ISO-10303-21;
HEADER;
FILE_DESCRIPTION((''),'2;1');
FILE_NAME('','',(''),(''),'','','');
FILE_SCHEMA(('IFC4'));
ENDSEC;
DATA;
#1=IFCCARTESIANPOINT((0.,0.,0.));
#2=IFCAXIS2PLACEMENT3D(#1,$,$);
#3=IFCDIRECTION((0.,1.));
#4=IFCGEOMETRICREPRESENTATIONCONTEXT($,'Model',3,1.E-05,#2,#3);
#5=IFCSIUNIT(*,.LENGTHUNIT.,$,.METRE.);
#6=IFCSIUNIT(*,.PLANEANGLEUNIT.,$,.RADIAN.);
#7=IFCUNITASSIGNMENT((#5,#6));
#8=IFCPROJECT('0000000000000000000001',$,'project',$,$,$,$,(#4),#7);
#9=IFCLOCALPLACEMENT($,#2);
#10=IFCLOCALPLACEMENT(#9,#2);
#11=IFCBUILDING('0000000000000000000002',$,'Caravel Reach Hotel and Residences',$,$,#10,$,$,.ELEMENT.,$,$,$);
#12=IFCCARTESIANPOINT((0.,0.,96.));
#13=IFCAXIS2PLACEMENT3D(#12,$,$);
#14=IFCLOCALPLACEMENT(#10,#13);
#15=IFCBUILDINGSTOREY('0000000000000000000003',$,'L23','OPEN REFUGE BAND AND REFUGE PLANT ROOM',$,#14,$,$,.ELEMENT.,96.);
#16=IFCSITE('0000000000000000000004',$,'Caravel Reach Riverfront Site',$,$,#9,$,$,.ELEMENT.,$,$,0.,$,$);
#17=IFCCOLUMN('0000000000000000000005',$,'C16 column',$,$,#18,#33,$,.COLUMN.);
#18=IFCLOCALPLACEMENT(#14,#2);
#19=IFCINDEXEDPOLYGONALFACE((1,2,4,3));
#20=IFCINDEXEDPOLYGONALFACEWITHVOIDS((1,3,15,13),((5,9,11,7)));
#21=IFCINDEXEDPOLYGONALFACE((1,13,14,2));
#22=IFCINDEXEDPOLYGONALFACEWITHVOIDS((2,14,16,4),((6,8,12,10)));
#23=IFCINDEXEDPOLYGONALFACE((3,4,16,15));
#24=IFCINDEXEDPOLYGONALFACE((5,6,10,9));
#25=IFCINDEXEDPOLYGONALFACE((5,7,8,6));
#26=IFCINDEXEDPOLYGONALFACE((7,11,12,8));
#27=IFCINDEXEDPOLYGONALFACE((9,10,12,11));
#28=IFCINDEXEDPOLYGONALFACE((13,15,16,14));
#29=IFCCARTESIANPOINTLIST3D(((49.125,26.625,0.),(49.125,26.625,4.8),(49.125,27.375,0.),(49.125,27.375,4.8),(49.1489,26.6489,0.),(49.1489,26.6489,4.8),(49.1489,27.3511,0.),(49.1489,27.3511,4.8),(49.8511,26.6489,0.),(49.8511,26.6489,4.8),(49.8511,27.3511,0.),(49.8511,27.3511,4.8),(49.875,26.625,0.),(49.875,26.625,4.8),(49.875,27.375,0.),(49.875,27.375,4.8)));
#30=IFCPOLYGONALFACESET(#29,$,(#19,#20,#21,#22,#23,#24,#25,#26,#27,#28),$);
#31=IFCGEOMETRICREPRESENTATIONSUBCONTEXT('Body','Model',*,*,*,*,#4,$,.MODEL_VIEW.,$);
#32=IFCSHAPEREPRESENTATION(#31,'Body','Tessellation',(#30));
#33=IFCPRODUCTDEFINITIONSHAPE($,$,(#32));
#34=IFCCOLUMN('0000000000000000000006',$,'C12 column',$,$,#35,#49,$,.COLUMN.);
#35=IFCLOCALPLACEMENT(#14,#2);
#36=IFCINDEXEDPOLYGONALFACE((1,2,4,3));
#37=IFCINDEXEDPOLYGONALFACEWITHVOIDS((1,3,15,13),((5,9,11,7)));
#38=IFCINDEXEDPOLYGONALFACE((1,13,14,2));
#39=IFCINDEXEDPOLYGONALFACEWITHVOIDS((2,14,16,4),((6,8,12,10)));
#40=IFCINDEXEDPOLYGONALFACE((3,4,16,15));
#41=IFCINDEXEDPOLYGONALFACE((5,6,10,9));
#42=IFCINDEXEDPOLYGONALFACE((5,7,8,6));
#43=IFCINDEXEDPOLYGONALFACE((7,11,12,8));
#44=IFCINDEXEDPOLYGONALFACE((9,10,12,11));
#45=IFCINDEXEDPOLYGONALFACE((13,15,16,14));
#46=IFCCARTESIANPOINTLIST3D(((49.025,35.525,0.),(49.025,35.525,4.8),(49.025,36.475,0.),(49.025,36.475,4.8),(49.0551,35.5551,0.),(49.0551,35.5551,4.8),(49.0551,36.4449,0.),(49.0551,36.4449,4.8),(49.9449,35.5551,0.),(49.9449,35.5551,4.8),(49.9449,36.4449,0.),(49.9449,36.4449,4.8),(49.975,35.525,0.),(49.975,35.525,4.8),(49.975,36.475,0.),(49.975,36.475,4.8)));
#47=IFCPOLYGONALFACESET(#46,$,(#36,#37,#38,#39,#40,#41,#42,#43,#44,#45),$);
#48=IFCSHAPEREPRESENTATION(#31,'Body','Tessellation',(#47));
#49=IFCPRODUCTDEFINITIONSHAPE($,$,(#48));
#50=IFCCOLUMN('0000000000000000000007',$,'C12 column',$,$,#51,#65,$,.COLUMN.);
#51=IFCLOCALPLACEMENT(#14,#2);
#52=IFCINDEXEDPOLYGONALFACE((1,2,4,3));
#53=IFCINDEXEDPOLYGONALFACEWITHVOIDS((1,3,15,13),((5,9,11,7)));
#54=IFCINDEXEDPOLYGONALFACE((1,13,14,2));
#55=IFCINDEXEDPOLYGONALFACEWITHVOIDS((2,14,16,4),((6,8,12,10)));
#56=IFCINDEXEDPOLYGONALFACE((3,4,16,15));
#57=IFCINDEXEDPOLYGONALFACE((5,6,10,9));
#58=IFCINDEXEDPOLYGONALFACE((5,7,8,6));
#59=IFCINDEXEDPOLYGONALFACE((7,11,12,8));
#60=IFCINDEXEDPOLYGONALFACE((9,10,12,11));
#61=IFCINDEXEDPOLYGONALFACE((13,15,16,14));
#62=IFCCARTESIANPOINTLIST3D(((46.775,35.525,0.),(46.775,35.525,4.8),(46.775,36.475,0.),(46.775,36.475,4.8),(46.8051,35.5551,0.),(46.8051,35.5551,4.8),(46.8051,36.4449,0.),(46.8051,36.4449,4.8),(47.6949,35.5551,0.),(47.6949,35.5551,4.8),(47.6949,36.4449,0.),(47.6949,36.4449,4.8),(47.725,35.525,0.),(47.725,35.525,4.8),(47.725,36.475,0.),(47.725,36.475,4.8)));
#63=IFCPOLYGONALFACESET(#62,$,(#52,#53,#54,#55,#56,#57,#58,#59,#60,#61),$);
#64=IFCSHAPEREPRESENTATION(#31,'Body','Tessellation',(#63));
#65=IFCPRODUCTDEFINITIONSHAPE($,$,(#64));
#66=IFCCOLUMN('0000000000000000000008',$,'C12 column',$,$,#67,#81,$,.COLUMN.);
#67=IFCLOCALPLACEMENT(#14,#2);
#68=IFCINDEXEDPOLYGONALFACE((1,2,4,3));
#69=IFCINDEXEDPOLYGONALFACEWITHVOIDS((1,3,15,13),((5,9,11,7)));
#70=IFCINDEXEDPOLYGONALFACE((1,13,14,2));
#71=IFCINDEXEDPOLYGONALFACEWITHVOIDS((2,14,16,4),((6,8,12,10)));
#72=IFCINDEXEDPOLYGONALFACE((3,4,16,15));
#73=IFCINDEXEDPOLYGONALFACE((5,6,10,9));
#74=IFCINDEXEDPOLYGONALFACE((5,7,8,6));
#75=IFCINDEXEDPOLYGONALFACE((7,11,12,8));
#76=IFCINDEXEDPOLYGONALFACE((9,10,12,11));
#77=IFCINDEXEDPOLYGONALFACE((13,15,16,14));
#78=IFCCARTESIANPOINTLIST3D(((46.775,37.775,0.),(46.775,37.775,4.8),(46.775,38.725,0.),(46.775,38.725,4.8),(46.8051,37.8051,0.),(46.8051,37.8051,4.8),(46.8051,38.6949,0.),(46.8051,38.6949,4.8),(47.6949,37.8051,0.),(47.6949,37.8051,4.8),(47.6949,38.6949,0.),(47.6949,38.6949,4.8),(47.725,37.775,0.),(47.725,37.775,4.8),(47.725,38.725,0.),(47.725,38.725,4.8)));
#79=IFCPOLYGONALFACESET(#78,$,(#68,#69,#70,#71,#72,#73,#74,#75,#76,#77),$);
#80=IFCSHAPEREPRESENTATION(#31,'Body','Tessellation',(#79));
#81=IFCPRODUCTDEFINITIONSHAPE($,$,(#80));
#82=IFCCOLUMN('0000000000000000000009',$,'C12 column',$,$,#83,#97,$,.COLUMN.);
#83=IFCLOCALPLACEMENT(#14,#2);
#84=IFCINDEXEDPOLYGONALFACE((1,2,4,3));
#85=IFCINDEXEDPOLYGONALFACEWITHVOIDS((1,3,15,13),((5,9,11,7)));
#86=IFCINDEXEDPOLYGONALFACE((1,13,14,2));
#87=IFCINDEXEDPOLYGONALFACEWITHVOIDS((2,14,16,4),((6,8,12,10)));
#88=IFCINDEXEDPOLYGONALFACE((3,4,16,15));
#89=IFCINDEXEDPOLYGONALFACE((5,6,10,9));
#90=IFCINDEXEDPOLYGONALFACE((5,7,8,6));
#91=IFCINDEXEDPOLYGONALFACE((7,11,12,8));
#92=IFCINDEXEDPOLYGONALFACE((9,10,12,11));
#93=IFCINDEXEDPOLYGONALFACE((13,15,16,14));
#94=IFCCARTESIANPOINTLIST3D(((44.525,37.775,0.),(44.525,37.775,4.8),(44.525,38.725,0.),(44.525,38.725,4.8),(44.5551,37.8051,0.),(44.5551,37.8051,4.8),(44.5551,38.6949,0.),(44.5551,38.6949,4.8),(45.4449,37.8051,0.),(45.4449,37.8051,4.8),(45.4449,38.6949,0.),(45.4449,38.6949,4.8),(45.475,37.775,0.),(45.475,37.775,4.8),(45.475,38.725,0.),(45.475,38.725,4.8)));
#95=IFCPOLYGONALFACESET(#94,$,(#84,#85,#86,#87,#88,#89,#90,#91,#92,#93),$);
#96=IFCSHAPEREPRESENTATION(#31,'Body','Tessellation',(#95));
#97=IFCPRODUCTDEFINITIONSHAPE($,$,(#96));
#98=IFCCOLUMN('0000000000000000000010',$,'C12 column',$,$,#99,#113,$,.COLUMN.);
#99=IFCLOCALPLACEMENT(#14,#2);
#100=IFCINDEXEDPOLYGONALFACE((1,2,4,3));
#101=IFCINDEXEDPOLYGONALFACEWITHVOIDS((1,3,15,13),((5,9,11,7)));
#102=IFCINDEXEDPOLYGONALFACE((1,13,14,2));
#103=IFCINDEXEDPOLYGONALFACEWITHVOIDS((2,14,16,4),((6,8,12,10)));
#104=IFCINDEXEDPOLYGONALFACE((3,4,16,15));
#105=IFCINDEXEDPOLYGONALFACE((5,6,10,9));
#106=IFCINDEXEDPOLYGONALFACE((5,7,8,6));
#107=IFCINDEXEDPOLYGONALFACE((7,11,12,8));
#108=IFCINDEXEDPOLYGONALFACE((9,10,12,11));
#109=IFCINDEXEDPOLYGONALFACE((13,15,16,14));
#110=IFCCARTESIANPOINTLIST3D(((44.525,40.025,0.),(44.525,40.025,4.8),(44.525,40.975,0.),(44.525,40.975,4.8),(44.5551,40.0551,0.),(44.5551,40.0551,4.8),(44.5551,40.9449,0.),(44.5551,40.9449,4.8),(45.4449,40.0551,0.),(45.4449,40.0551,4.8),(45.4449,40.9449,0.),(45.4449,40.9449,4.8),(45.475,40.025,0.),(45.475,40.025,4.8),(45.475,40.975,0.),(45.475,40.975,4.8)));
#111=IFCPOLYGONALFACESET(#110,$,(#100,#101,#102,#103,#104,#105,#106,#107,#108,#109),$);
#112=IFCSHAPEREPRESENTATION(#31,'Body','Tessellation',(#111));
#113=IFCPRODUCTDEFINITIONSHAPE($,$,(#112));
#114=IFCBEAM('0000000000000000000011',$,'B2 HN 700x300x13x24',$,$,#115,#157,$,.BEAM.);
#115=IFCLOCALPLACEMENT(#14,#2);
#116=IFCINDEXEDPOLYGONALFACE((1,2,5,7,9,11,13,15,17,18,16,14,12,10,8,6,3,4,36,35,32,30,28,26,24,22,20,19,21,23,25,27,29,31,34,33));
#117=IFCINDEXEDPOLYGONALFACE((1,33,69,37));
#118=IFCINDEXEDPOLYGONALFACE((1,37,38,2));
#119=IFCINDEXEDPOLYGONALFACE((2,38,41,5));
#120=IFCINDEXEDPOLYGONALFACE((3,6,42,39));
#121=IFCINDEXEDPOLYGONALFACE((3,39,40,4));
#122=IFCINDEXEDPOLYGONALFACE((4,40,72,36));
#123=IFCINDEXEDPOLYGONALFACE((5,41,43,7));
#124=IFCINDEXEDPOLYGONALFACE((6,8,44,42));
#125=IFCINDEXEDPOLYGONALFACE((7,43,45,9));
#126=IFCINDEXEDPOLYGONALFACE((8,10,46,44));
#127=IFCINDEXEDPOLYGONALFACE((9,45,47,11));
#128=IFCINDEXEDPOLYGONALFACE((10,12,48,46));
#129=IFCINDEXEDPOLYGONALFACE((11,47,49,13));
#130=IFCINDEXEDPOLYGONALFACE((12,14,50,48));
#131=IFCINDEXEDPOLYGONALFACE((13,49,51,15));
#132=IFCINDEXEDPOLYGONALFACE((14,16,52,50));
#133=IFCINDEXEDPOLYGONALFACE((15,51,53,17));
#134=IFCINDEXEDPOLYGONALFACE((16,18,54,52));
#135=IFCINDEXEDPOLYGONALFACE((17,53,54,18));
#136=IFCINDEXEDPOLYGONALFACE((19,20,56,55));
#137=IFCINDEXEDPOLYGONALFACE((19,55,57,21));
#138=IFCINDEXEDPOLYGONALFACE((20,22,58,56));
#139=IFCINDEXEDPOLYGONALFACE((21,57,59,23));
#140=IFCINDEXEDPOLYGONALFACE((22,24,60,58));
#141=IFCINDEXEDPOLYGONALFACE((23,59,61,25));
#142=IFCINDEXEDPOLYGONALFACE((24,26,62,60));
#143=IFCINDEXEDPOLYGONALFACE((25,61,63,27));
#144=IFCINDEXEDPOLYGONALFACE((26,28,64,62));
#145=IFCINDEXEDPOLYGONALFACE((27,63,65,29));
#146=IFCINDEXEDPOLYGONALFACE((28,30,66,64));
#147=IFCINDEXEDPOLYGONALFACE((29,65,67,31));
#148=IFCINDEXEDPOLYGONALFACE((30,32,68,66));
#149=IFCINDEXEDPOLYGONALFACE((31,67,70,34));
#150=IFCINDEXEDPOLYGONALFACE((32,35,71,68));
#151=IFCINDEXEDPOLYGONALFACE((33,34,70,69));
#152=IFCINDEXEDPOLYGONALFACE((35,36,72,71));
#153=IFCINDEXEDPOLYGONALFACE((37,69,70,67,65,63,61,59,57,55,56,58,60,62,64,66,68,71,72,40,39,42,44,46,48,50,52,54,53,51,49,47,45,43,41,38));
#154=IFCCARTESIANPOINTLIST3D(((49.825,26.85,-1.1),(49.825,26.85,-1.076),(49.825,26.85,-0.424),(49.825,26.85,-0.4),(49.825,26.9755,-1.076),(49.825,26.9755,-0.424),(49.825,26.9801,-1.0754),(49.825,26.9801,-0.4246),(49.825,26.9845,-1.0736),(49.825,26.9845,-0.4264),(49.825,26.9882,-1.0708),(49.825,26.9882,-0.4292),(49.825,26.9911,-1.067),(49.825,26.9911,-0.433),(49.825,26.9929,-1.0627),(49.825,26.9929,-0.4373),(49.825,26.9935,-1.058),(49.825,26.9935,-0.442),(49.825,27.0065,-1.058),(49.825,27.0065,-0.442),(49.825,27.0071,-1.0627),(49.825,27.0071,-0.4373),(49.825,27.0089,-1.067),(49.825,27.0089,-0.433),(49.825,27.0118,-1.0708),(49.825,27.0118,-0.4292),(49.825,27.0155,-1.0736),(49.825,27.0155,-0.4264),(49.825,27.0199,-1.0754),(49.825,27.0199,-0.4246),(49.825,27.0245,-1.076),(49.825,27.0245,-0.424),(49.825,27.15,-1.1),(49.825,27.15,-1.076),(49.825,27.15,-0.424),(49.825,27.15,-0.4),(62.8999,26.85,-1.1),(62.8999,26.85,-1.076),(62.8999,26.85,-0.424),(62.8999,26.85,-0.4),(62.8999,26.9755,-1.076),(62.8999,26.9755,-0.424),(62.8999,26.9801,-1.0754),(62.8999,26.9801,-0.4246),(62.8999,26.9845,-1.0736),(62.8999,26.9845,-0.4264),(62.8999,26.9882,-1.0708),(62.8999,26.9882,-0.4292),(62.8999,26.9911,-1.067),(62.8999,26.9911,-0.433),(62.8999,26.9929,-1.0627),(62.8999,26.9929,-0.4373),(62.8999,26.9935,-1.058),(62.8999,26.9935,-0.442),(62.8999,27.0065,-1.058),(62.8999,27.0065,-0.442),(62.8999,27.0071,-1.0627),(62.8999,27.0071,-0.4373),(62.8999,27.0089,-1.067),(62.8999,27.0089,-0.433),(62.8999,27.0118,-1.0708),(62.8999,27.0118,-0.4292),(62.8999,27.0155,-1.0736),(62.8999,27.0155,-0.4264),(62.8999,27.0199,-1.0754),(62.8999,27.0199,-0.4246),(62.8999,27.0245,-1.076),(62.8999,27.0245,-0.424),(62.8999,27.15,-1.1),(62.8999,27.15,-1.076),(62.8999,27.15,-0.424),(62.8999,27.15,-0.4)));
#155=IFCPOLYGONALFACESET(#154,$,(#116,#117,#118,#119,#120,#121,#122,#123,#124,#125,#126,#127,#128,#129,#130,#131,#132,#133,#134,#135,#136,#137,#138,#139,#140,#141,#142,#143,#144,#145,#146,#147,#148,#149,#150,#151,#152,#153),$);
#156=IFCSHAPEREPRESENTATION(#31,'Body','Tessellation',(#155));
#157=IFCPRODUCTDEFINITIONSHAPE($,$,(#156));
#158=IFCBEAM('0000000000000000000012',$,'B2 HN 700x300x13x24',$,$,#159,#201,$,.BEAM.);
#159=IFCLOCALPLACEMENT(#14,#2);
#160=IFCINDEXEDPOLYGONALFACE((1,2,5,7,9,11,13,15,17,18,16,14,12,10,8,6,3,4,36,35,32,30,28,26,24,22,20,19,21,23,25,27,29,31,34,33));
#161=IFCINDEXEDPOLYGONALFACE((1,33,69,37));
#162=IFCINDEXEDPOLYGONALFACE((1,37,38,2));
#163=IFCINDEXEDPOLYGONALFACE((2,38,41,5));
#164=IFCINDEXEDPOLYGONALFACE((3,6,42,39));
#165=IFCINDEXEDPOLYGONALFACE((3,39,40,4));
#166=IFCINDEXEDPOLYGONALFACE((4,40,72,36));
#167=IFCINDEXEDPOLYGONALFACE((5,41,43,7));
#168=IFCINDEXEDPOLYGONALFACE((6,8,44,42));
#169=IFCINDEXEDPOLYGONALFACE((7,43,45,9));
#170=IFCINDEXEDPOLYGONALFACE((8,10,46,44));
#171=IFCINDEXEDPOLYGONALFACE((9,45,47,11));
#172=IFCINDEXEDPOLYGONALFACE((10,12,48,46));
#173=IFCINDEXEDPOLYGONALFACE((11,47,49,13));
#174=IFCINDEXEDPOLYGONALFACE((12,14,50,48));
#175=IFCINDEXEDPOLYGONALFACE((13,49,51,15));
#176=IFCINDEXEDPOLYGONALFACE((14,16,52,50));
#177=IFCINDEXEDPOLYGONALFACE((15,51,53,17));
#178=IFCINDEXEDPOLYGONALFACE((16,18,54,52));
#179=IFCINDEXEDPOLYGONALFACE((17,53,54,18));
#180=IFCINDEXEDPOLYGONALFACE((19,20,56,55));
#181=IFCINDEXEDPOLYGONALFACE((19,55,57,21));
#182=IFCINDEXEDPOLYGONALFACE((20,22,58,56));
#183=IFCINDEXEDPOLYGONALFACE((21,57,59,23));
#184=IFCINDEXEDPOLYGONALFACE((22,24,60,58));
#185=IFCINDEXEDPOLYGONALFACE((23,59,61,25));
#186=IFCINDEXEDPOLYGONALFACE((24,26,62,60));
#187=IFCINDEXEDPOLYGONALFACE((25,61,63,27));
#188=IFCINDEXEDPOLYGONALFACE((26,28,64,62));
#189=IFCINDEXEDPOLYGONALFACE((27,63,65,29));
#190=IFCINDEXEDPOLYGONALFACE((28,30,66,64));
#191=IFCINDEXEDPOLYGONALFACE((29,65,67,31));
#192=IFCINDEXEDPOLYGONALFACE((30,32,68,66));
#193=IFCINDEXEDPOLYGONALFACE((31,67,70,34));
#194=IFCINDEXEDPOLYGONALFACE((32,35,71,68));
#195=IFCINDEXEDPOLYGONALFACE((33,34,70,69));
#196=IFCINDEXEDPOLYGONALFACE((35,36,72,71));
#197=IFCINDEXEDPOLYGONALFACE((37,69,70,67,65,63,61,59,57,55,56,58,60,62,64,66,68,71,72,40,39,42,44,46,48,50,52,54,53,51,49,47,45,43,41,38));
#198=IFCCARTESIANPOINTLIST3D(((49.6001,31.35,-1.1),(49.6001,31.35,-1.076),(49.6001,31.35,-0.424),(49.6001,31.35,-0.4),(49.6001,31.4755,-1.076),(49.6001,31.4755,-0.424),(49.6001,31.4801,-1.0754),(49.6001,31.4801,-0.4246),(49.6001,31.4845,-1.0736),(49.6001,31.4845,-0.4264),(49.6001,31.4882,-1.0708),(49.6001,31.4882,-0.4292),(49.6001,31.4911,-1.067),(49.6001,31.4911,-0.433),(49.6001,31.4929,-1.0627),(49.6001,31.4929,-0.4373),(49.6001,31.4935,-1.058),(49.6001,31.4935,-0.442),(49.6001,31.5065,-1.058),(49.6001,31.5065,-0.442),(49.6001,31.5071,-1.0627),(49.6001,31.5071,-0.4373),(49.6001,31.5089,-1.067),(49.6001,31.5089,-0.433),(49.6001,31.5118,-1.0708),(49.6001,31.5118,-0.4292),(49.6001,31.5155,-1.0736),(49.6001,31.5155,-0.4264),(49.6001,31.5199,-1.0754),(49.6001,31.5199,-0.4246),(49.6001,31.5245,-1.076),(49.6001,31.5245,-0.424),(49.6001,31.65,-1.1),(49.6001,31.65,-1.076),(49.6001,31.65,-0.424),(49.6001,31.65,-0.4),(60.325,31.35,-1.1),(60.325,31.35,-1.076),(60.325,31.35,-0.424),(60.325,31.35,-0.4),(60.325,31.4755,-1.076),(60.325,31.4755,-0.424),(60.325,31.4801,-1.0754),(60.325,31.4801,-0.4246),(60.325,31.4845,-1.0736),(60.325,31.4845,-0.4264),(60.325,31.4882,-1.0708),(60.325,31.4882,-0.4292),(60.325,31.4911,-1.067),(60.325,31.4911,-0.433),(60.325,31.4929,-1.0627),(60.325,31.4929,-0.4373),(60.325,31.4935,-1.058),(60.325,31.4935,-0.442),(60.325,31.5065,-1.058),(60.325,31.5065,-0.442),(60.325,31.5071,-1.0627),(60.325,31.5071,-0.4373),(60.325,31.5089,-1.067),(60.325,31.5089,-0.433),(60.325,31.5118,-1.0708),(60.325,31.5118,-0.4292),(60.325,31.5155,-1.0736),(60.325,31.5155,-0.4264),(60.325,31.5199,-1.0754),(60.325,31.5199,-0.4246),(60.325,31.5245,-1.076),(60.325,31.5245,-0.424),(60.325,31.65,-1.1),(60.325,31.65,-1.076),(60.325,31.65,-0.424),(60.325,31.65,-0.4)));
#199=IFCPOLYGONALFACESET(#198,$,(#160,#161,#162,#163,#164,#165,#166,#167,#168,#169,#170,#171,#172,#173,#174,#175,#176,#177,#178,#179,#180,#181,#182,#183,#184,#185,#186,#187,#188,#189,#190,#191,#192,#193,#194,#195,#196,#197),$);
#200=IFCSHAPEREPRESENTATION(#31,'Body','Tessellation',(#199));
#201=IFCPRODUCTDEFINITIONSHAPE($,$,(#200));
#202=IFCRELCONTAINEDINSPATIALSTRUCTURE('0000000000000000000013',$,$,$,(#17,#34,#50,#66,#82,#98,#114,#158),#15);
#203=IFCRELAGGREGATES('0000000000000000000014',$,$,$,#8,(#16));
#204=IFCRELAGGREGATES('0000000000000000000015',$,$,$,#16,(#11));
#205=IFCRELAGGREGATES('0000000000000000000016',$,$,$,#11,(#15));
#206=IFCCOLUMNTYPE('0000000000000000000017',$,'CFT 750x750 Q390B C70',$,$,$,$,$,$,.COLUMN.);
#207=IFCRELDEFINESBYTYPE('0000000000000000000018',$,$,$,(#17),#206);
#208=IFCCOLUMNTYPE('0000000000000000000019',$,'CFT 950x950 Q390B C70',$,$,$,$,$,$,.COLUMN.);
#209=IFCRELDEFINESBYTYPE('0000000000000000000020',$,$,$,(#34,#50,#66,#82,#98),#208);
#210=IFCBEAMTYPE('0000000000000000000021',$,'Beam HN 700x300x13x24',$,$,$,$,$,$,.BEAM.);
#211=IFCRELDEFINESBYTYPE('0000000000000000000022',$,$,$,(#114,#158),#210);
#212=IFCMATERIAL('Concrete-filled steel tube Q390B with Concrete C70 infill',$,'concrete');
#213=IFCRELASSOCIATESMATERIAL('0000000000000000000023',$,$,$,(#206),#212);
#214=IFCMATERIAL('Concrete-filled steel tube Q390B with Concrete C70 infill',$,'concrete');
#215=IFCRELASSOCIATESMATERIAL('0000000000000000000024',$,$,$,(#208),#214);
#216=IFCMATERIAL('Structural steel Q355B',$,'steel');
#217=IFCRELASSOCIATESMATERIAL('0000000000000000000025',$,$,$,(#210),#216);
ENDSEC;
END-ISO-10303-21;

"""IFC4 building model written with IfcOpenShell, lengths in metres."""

from ifc_helpers import new_model, si_unit, direction, frame, origin, origin_2d, place, context, subcontext, project, spatial, hollow_rectangle, i_section, extrude, material, material_profile, profile_set, type_object, element, save


model = new_model("IFC4")

# Units and contexts
model_context = context("Model", 3, precision=1e-05, world=origin(), true_north=direction((0.0, 1.0)))
body_context = subcontext(model_context, "Body", "Model", "MODEL_VIEW")
ifc_project = project(units=[si_unit("LENGTHUNIT", "METRE"), si_unit("PLANEANGLEUNIT", "RADIAN")], contexts=[model_context])

# Site, building, storey
site_placement = place(None, origin())
site = spatial("IfcSite", under=ifc_project, at=site_placement, Name="Caravel Reach Riverfront Site", CompositionType="ELEMENT", RefElevation=0.0)
building_placement = place(site_placement, origin())
building = spatial("IfcBuilding", under=site, at=building_placement, Name="Caravel Reach Hotel and Residences", CompositionType="ELEMENT")
storey_placement = place(building_placement, frame((0.0, 0.0, 96.0)))
storey = spatial("IfcBuildingStorey", under=building, at=storey_placement, Name="L23", Description="OPEN REFUGE BAND AND REFUGE PLANT ROOM", CompositionType="ELEMENT", Elevation=96.0)

# Columns
ifc_material_1 = material(Name="Concrete-filled steel tube Q390B with Concrete C70 infill", Category="concrete")
ifc_material_profile_1 = material_profile(ifc_material_1, hollow_rectangle(XDim=0.75, YDim=0.75, WallThickness=0.0239, at=origin_2d()), Name="RHS 750x750x24")
ifc_profile_set_1 = profile_set([ifc_material_profile_1], Name="Concrete-filled steel tube Q390B with Concrete C70 infill")
column_type_1 = type_object("IfcColumnType", Name="CFT 750x750 Q390B C70", PredefinedType="COLUMN", material=ifc_profile_set_1)
column_placement = place(storey_placement, frame((49.5, 27.0, 0.0), z_axis=(0.0, 0.0, 1.0), x_axis=(1.0, 0.0, 0.0)))
element("IfcColumn", 1, at=column_placement, inside=storey, type_object=column_type_1, Name="C16 column", PredefinedType="COLUMN", context=body_context, shape_type="SweptSolid", body=[
    extrude(hollow_rectangle(XDim=0.75, YDim=0.75, WallThickness=0.0239, at=origin_2d()), origin(), (0.0, 0.0, 1.0), 4.8),
])
ifc_material_2 = material(Name="Concrete-filled steel tube Q390B with Concrete C70 infill", Category="concrete")
ifc_material_profile_2 = material_profile(ifc_material_2, hollow_rectangle(XDim=0.95, YDim=0.95, WallThickness=0.03, at=origin_2d()), Name="RHS 950x950x30")
ifc_profile_set_2 = profile_set([ifc_material_profile_2], Name="Concrete-filled steel tube Q390B with Concrete C70 infill")
column_type_2 = type_object("IfcColumnType", Name="CFT 950x950 Q390B C70", PredefinedType="COLUMN", material=ifc_profile_set_2)
for number, where, z_axis, x_axis, name in (
    (2, (49.5, 36.0, 0.0), (0.0, 0.0, 1.0), (1.0, 0.0, 0.0), "C12 column"),
    (3, (47.25, 36.0, 0.0), (0.0, 0.0, 1.0), (1.0, 0.0, 0.0), "C12 column"),
    (4, (47.25, 38.25, 0.0), (0.0, 0.0, 1.0), (1.0, 0.0, 0.0), "C12 column"),
    (5, (45.0, 38.25, 0.0), (0.0, 0.0, 1.0), (1.0, 0.0, 0.0), "C12 column"),
    (6, (45.0, 40.5, 0.0), (0.0, 0.0, 1.0), (1.0, 0.0, 0.0), "C12 column"),
):
    element("IfcColumn", number, at=place(storey_placement, frame(where, z_axis=z_axis, x_axis=x_axis)), inside=storey, type_object=column_type_2, Name=name, PredefinedType="COLUMN", context=body_context, shape_type="SweptSolid", body=[
        extrude(hollow_rectangle(XDim=0.95, YDim=0.95, WallThickness=0.03, at=origin_2d()), origin(), (0.0, 0.0, 1.0), 4.8),
    ])

# Beams
ifc_material_3 = material(Name="Structural steel Q355B", Category="steel")
ifc_material_profile_3 = material_profile(ifc_material_3, i_section(OverallWidth=0.3, OverallDepth=0.7, WebThickness=0.0129, FlangeThickness=0.0239, FilletRadius=0.0181, at=origin_2d()), Name="HN 700x300x13x24")
ifc_profile_set_3 = profile_set([ifc_material_profile_3], Name="Structural steel Q355B")
beam_type_1 = type_object("IfcBeamType", Name="Beam HN 700x300x13x24", PredefinedType="BEAM", material=ifc_profile_set_3)
beam_1_placement = place(storey_placement, frame((49.825, 27.0, -0.75), z_axis=(1.0, 0.0, 0.0), x_axis=(0.0, 1.0, 0.0)))
element("IfcBeam", 7, at=beam_1_placement, inside=storey, type_object=beam_type_1, Name="B2 HN 700x300x13x24", PredefinedType="BEAM", context=body_context, shape_type="SweptSolid", body=[
    extrude(i_section(OverallWidth=0.3, OverallDepth=0.7, WebThickness=0.0129, FlangeThickness=0.0239, FilletRadius=0.0181, at=origin_2d()), origin(), (0.0, 0.0, 1.0), 13.075),
])
beam_2_placement = place(storey_placement, frame((49.6001, 31.5, -0.75), z_axis=(1.0, 0.0, 0.0), x_axis=(0.0, 1.0, 0.0)))
element("IfcBeam", 8, at=beam_2_placement, inside=storey, type_object=beam_type_1, Name="B2 HN 700x300x13x24", PredefinedType="BEAM", context=body_context, shape_type="SweptSolid", body=[
    extrude(i_section(OverallWidth=0.3, OverallDepth=0.7, WebThickness=0.0129, FlangeThickness=0.0239, FilletRadius=0.0181, at=origin_2d()), origin(), (0.0, 0.0, 1.0), 10.7249),
])

save(model, "model.ifc")
